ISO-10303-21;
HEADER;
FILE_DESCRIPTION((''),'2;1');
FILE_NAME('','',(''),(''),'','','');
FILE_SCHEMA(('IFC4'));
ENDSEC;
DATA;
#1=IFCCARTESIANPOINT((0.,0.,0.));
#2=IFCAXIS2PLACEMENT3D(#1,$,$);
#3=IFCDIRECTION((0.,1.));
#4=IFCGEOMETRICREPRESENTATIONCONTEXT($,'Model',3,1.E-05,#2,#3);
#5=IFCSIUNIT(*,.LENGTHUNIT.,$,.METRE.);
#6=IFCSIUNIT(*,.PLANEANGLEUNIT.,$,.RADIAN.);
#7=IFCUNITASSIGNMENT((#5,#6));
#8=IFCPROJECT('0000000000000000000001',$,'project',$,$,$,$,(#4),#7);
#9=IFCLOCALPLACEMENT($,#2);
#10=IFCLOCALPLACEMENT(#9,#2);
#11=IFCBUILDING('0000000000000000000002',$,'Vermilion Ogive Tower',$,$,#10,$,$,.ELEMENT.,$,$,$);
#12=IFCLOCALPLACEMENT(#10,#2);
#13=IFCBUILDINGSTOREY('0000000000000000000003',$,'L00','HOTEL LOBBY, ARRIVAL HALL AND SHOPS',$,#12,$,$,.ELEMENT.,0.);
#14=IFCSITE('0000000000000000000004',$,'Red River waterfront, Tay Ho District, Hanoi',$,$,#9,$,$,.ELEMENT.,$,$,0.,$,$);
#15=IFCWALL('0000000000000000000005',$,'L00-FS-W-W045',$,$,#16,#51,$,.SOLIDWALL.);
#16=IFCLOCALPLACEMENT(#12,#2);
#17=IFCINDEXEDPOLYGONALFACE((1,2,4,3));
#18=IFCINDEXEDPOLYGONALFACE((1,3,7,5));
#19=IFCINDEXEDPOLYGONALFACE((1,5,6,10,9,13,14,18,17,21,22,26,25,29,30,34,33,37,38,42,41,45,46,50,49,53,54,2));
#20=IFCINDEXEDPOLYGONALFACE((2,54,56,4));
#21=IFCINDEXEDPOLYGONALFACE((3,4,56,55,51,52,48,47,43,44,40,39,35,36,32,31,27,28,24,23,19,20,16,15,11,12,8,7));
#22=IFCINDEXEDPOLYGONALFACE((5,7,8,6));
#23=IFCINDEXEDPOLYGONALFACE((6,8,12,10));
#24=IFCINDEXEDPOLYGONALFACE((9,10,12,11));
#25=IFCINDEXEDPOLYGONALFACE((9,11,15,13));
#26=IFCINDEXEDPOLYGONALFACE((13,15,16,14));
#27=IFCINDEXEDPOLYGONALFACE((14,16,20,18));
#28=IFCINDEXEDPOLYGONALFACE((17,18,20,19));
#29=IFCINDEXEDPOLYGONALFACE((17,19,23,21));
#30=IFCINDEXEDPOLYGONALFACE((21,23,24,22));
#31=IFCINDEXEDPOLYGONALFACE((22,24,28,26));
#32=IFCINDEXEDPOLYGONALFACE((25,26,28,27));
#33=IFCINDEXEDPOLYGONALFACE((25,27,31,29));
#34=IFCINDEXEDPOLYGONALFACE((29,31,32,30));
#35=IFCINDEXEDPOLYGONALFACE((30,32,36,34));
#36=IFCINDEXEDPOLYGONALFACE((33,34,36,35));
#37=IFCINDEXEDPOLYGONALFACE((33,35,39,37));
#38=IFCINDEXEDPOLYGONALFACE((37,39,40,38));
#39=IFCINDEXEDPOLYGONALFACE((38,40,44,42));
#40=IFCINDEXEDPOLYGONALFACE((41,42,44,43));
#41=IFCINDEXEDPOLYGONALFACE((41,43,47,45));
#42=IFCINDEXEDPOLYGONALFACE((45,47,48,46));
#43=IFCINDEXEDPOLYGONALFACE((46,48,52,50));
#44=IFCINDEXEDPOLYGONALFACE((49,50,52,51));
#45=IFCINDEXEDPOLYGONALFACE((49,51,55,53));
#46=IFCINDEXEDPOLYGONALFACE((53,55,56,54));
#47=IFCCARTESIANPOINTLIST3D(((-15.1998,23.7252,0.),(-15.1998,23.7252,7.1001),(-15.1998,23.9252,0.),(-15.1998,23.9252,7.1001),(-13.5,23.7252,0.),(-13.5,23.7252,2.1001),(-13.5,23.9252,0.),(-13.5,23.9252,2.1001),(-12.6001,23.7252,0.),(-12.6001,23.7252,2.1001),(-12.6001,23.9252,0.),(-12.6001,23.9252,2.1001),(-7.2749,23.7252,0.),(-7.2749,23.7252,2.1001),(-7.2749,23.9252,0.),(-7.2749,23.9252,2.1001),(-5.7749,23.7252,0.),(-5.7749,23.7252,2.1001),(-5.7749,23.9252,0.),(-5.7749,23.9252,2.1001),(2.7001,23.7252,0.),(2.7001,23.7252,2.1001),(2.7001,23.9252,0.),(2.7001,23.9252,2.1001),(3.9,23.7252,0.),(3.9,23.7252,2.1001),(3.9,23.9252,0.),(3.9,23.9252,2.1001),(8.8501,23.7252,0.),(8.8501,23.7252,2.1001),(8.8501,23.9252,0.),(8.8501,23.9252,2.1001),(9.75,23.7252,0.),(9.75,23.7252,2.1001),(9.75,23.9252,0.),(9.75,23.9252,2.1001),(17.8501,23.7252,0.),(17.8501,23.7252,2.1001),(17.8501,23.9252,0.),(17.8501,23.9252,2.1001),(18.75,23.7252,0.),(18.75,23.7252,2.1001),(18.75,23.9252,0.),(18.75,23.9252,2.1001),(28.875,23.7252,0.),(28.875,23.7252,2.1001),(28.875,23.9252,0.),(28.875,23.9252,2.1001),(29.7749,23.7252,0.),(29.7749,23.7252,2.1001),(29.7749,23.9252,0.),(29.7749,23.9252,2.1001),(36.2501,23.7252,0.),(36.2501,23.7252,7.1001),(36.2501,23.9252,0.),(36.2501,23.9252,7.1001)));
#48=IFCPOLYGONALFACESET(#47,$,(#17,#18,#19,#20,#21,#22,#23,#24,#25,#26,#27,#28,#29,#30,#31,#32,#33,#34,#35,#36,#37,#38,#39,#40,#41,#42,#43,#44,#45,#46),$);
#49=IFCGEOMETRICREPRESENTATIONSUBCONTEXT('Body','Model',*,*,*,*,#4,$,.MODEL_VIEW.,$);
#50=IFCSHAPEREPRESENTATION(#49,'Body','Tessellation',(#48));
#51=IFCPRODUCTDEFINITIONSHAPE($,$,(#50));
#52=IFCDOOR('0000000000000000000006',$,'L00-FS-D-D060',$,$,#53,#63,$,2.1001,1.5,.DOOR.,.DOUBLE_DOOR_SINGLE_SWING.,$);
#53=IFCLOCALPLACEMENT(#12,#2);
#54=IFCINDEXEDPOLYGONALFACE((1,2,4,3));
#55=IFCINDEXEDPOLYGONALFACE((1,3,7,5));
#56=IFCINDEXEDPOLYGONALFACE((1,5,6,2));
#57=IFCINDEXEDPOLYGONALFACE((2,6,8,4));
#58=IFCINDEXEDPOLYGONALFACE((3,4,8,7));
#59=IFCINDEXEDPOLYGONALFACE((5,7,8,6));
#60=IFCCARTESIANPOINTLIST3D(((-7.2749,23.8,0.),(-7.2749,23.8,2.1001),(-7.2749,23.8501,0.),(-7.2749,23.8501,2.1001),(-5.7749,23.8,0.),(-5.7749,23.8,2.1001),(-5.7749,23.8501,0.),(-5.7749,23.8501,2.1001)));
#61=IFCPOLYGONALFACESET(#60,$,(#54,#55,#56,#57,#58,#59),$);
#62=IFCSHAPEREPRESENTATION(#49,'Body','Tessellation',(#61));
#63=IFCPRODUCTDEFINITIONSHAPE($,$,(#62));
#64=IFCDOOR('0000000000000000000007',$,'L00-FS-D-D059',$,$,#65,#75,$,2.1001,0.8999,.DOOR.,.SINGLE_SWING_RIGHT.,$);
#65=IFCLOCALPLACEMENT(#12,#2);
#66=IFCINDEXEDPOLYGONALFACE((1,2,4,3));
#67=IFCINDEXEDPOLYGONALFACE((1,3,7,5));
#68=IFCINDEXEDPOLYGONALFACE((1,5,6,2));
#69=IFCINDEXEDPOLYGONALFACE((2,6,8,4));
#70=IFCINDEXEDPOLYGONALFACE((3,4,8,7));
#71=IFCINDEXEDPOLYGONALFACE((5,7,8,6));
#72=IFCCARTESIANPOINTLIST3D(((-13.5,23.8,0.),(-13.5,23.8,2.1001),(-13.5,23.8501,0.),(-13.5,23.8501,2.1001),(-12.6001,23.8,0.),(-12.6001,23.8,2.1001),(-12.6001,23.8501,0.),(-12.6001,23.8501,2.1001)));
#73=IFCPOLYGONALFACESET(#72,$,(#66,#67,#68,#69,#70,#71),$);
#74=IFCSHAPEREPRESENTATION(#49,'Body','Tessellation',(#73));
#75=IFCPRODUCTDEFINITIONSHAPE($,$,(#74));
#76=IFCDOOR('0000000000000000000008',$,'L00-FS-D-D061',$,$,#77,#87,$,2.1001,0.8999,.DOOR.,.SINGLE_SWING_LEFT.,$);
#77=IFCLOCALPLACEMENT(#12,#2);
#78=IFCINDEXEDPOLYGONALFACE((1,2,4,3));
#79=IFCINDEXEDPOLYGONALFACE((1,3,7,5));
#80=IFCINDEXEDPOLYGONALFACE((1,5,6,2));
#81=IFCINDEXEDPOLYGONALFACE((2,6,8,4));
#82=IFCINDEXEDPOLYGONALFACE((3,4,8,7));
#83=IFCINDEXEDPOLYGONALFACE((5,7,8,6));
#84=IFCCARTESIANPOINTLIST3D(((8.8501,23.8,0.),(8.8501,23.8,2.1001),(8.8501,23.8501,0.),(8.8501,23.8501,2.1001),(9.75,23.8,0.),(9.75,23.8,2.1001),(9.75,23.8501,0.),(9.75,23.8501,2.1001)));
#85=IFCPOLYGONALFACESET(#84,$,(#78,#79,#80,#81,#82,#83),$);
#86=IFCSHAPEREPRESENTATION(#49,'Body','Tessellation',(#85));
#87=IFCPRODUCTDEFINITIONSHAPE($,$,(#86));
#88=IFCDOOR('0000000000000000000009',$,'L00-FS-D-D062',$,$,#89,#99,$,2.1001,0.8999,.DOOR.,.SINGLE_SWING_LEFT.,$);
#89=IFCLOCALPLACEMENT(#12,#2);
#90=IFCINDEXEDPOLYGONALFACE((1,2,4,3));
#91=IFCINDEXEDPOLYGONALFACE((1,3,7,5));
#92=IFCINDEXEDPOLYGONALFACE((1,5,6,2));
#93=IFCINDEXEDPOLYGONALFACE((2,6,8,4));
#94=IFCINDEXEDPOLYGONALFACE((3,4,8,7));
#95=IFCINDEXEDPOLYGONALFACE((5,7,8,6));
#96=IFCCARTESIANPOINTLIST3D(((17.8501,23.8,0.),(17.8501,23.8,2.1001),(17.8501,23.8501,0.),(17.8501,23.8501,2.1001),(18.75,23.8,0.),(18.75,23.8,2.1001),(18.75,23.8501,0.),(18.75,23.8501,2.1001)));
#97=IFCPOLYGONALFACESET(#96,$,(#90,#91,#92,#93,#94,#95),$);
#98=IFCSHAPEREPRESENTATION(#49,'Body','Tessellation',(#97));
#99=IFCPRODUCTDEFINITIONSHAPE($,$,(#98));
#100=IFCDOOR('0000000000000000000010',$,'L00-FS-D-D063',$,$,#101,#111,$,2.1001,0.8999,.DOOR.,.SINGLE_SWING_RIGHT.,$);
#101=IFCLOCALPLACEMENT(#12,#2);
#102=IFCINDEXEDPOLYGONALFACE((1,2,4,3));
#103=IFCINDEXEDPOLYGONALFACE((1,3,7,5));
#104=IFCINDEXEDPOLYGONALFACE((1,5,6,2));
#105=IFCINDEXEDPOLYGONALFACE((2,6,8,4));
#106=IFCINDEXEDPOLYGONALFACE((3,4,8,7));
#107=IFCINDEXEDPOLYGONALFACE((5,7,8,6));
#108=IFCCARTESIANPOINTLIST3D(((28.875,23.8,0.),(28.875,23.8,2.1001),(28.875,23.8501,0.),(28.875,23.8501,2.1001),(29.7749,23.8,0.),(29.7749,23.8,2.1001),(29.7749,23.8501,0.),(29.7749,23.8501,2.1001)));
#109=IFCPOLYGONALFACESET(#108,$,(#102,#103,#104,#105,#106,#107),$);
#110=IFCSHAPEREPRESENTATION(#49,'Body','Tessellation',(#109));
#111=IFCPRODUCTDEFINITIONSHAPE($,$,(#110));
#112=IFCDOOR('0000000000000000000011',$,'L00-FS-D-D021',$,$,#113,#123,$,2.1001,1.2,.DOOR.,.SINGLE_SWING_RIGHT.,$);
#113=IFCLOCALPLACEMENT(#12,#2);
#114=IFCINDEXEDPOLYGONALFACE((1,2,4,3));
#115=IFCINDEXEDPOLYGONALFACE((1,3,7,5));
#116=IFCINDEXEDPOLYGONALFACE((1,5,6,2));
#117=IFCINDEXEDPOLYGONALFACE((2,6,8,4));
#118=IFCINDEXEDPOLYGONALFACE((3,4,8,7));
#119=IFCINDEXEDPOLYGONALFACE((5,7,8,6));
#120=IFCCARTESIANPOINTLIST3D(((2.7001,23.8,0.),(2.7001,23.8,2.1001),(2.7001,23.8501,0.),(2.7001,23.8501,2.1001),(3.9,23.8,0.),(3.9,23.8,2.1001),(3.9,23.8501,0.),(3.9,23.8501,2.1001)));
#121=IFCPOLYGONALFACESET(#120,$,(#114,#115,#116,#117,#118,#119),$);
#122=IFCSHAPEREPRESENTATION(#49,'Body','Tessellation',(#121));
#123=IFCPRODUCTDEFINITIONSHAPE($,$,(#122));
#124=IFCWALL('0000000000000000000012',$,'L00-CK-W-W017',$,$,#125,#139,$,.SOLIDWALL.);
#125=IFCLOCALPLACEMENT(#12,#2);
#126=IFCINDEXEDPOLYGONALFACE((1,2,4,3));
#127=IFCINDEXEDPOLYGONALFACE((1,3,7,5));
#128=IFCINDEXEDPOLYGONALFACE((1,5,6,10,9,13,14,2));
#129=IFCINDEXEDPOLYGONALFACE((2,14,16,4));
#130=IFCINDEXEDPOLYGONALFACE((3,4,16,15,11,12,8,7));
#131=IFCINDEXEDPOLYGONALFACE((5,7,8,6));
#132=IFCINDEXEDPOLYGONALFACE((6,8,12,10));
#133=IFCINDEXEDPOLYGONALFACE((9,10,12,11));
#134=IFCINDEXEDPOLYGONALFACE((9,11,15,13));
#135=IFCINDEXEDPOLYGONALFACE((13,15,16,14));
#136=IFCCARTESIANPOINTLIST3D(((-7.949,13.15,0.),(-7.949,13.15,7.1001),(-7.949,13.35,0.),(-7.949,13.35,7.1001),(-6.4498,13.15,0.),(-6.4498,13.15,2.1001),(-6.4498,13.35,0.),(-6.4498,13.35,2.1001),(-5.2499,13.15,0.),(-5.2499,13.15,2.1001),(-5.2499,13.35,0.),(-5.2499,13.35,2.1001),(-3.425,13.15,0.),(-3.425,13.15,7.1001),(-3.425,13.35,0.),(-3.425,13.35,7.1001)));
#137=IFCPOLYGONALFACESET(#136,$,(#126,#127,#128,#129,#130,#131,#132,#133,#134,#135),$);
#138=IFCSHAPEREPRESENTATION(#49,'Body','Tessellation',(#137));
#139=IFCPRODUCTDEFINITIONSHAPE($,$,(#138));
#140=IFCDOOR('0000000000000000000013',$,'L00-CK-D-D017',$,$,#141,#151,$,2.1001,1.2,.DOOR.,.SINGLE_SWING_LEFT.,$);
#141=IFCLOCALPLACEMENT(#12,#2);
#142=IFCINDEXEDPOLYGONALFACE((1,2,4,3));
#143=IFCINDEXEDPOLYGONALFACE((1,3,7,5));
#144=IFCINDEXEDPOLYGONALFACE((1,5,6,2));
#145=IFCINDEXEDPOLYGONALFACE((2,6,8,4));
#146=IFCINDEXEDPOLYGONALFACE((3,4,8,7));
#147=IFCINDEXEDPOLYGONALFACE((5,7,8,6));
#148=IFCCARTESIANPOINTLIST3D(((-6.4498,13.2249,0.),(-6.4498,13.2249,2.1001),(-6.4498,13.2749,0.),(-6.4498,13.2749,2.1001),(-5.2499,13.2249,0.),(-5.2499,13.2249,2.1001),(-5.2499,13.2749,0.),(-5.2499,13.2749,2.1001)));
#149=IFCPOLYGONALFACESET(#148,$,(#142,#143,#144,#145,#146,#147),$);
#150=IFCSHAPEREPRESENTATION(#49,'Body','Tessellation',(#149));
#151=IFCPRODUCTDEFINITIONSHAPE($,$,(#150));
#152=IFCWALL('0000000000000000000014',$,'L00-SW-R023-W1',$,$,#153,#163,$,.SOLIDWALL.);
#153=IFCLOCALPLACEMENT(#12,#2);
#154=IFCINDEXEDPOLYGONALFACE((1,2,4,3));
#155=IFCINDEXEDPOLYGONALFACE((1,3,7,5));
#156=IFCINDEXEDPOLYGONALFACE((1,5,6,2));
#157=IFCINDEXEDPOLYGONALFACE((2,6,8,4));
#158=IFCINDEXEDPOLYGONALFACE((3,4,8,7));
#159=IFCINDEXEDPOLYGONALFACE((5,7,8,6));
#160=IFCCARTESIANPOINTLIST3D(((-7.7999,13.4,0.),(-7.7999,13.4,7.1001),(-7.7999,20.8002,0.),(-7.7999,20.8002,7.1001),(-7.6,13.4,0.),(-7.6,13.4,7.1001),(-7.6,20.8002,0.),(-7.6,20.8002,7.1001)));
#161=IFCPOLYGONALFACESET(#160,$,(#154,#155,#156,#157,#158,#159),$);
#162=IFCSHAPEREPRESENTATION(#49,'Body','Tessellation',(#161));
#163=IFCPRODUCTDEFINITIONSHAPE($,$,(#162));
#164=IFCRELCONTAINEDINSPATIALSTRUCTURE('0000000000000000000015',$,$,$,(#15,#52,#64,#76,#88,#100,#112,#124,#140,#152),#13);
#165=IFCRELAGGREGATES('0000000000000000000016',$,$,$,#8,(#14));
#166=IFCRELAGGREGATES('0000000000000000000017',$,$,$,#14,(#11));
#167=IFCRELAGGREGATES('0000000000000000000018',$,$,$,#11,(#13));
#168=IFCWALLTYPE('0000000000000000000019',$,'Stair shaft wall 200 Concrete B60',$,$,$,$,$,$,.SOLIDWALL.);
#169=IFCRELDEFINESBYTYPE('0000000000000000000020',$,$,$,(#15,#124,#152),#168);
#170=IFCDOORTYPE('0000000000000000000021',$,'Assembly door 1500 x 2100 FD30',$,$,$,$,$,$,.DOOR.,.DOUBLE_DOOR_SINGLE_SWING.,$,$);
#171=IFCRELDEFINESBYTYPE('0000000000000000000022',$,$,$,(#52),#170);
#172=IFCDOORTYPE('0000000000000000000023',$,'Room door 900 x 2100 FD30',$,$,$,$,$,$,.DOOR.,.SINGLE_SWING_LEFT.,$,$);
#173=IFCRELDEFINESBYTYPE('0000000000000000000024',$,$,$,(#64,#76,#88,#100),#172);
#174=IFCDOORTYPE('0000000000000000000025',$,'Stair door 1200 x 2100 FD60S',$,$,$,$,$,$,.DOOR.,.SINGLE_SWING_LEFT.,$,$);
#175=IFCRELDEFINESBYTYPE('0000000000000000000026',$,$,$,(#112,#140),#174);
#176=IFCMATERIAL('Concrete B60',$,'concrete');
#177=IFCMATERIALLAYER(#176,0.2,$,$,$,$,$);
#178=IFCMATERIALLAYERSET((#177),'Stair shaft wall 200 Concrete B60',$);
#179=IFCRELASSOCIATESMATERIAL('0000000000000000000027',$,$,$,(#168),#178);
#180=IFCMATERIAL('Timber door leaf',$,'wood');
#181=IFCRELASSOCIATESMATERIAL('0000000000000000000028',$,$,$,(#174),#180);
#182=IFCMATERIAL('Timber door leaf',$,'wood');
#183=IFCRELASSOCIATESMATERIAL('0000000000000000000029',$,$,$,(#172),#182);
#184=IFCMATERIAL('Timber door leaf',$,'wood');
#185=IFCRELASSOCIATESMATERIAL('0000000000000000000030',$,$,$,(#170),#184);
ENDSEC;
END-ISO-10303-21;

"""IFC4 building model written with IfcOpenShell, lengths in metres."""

from ifc_helpers import new_model, si_unit, direction, frame, frame_2d, origin, place, context, subcontext, project, spatial, rectangle, extrude, material, layer, layer_set, type_object, element, fill, save


model = new_model("IFC4")

# Units and contexts
model_context = context("Model", 3, precision=1e-05, world=origin(), true_north=direction((0.0, 1.0)))
body_context = subcontext(model_context, "Body", "Model", "MODEL_VIEW")
ifc_project = project(units=[si_unit("LENGTHUNIT", "METRE"), si_unit("PLANEANGLEUNIT", "RADIAN")], contexts=[model_context])

# Site, building, storey
site_placement = place(None, origin())
site = spatial("IfcSite", under=ifc_project, at=site_placement, Name="Red River waterfront, Tay Ho District, Hanoi", CompositionType="ELEMENT", RefElevation=0.0)
building_placement = place(site_placement, origin())
building = spatial("IfcBuilding", under=site, at=building_placement, Name="Vermilion Ogive Tower", CompositionType="ELEMENT")
storey_placement = place(building_placement, origin())
storey = spatial("IfcBuildingStorey", under=building, at=storey_placement, Name="L00", Description="HOTEL LOBBY, ARRIVAL HALL AND SHOPS", CompositionType="ELEMENT", Elevation=0.0)

# Shared definitions
ifc_material_1 = material(Name="Concrete B60", Category="concrete")
ifc_layer_1 = layer(ifc_material_1, 0.2)
ifc_layer_set_1 = layer_set([ifc_layer_1], Name="Stair shaft wall 200 Concrete B60")
wall_type_1 = type_object("IfcWallType", Name="Stair shaft wall 200 Concrete B60", PredefinedType="SOLIDWALL", material=ifc_layer_set_1)
ifc_material_2 = material(Name="Timber door leaf", Category="wood")
door_type_1 = type_object("IfcDoorType", Name="Stair door 1200 x 2100 FD60S", OperationType="SINGLE_SWING_LEFT", PredefinedType="DOOR", material=ifc_material_2)
ifc_material_3 = material(Name="Timber door leaf", Category="wood")
door_type_2 = type_object("IfcDoorType", Name="Room door 900 x 2100 FD30", OperationType="SINGLE_SWING_LEFT", PredefinedType="DOOR", material=ifc_material_3)

# Wall, openings, doors
wall_1_placement = place(storey_placement, frame((-15.2, 23.8252, 0.0), z_axis=(0.0, 0.0, 1.0), x_axis=(1.0, 0.0, 0.0)))
wall_1 = element("IfcWall", 1, at=wall_1_placement, inside=storey, type_object=wall_type_1, Name="L00-FS-W-W045", PredefinedType="SOLIDWALL", context=body_context, shape_type="SweptSolid", body=[
    extrude(rectangle(XDim=51.45, YDim=0.2, at=frame_2d((25.7251, 0.0))), origin(), (0.0, 0.0, 1.0), 7.1001),
])
opening_1_placement = place(wall_1_placement, frame((17.8999, 0.0, 0.0)))
opening_1 = element("IfcOpeningElement", 2, at=opening_1_placement, cuts=wall_1, PredefinedType="OPENING", context=body_context, shape_type="SweptSolid", body=[
    extrude(rectangle(XDim=1.2, YDim=2.1001, at=frame_2d((0.6001, 1.05))), frame((0.0, 0.1099, 0.0), z_axis=(0.0, -1.0, 0.0), x_axis=(1.0, 0.0, 0.0)), (0.0, 0.0, 1.0), 0.22),
])
opening_2_placement = place(wall_1_placement, frame((1.7, 0.0, 0.0)))
opening_2 = element("IfcOpeningElement", 3, at=opening_2_placement, cuts=wall_1, PredefinedType="OPENING", context=body_context, shape_type="SweptSolid", body=[
    extrude(rectangle(XDim=0.8999, YDim=2.1001, at=frame_2d((0.45, 1.05))), frame((0.0, 0.1099, 0.0), z_axis=(0.0, -1.0, 0.0), x_axis=(1.0, 0.0, 0.0)), (0.0, 0.0, 1.0), 0.22),
])
opening_3_placement = place(wall_1_placement, frame((7.925, 0.0, 0.0)))
opening_3 = element("IfcOpeningElement", 4, at=opening_3_placement, cuts=wall_1, PredefinedType="OPENING", context=body_context, shape_type="SweptSolid", body=[
    extrude(rectangle(XDim=1.5, YDim=2.1001, at=frame_2d((0.75, 1.05))), frame((0.0, 0.1099, 0.0), z_axis=(0.0, -1.0, 0.0), x_axis=(1.0, 0.0, 0.0)), (0.0, 0.0, 1.0), 0.22),
])
opening_4_placement = place(wall_1_placement, frame((24.05, 0.0, 0.0)))
opening_4 = element("IfcOpeningElement", 5, at=opening_4_placement, cuts=wall_1, PredefinedType="OPENING", context=body_context, shape_type="SweptSolid", body=[
    extrude(rectangle(XDim=0.8999, YDim=2.1001, at=frame_2d((0.45, 1.05))), frame((0.0, 0.1099, 0.0), z_axis=(0.0, -1.0, 0.0), x_axis=(1.0, 0.0, 0.0)), (0.0, 0.0, 1.0), 0.22),
])
opening_5_placement = place(wall_1_placement, frame((33.05, 0.0, 0.0)))
opening_5 = element("IfcOpeningElement", 6, at=opening_5_placement, cuts=wall_1, PredefinedType="OPENING", context=body_context, shape_type="SweptSolid", body=[
    extrude(rectangle(XDim=0.8999, YDim=2.1001, at=frame_2d((0.45, 1.05))), frame((0.0, 0.1099, 0.0), z_axis=(0.0, -1.0, 0.0), x_axis=(1.0, 0.0, 0.0)), (0.0, 0.0, 1.0), 0.22),
])
opening_6_placement = place(wall_1_placement, frame((44.075, 0.0, 0.0)))
opening_6 = element("IfcOpeningElement", 7, at=opening_6_placement, cuts=wall_1, PredefinedType="OPENING", context=body_context, shape_type="SweptSolid", body=[
    extrude(rectangle(XDim=0.8999, YDim=2.1001, at=frame_2d((0.45, 1.05))), frame((0.0, 0.1099, 0.0), z_axis=(0.0, -1.0, 0.0), x_axis=(1.0, 0.0, 0.0)), (0.0, 0.0, 1.0), 0.22),
])
ifc_material_4 = material(Name="Timber door leaf", Category="wood")
door_type_3 = type_object("IfcDoorType", Name="Assembly door 1500 x 2100 FD30", OperationType="DOUBLE_DOOR_SINGLE_SWING", PredefinedType="DOOR", material=ifc_material_4)
door_1_placement = place(opening_3_placement, origin())
door_1 = element("IfcDoor", 8, at=door_1_placement, inside=storey, type_object=door_type_3, Name="L00-FS-D-D060", OperationType="DOUBLE_DOOR_SINGLE_SWING", OverallHeight=2.1001, OverallWidth=1.5, PredefinedType="DOOR", context=body_context, shape_type="SweptSolid", body=[
    extrude(rectangle(XDim=1.5, YDim=2.1001, at=frame_2d((0.75, 1.05))), frame((0.0, 0.0249, 0.0), z_axis=(0.0, -1.0, 0.0), x_axis=(1.0, 0.0, 0.0)), (0.0, 0.0, 1.0), 0.05),
])
fill(opening_3, door_1)
door_2_placement = place(opening_2_placement, origin())
door_2 = element("IfcDoor", 9, at=door_2_placement, inside=storey, type_object=door_type_2, Name="L00-FS-D-D059", OperationType="SINGLE_SWING_RIGHT", OverallHeight=2.1001, OverallWidth=0.8999, PredefinedType="DOOR", context=body_context, shape_type="SweptSolid", body=[
    extrude(rectangle(XDim=0.8999, YDim=2.1001, at=frame_2d((0.45, 1.05))), frame((0.0, 0.0249, 0.0), z_axis=(0.0, -1.0, 0.0), x_axis=(1.0, 0.0, 0.0)), (0.0, 0.0, 1.0), 0.05),
])
fill(opening_2, door_2)
door_3_placement = place(opening_4_placement, origin())
door_3 = element("IfcDoor", 10, at=door_3_placement, inside=storey, type_object=door_type_2, Name="L00-FS-D-D061", OperationType="SINGLE_SWING_LEFT", OverallHeight=2.1001, OverallWidth=0.8999, PredefinedType="DOOR", context=body_context, shape_type="SweptSolid", body=[
    extrude(rectangle(XDim=0.8999, YDim=2.1001, at=frame_2d((0.45, 1.05))), frame((0.0, 0.0249, 0.0), z_axis=(0.0, -1.0, 0.0), x_axis=(1.0, 0.0, 0.0)), (0.0, 0.0, 1.0), 0.05),
])
fill(opening_4, door_3)
door_4_placement = place(opening_5_placement, origin())
door_4 = element("IfcDoor", 11, at=door_4_placement, inside=storey, type_object=door_type_2, Name="L00-FS-D-D062", OperationType="SINGLE_SWING_LEFT", OverallHeight=2.1001, OverallWidth=0.8999, PredefinedType="DOOR", context=body_context, shape_type="SweptSolid", body=[
    extrude(rectangle(XDim=0.8999, YDim=2.1001, at=frame_2d((0.45, 1.05))), frame((0.0, 0.0249, 0.0), z_axis=(0.0, -1.0, 0.0), x_axis=(1.0, 0.0, 0.0)), (0.0, 0.0, 1.0), 0.05),
])
fill(opening_5, door_4)
door_5_placement = place(opening_6_placement, origin())
door_5 = element("IfcDoor", 12, at=door_5_placement, inside=storey, type_object=door_type_2, Name="L00-FS-D-D063", OperationType="SINGLE_SWING_RIGHT", OverallHeight=2.1001, OverallWidth=0.8999, PredefinedType="DOOR", context=body_context, shape_type="SweptSolid", body=[
    extrude(rectangle(XDim=0.8999, YDim=2.1001, at=frame_2d((0.45, 1.05))), frame((0.0, 0.0249, 0.0), z_axis=(0.0, -1.0, 0.0), x_axis=(1.0, 0.0, 0.0)), (0.0, 0.0, 1.0), 0.05),
])
fill(opening_6, door_5)
door_6_placement = place(opening_1_placement, origin())
door_6 = element("IfcDoor", 13, at=door_6_placement, inside=storey, type_object=door_type_1, Name="L00-FS-D-D021", OperationType="SINGLE_SWING_RIGHT", OverallHeight=2.1001, OverallWidth=1.2, PredefinedType="DOOR", context=body_context, shape_type="SweptSolid", body=[
    extrude(rectangle(XDim=1.2, YDim=2.1001, at=frame_2d((0.6001, 1.05))), frame((0.0, 0.0249, 0.0), z_axis=(0.0, -1.0, 0.0), x_axis=(1.0, 0.0, 0.0)), (0.0, 0.0, 1.0), 0.05),
])
fill(opening_1, door_6)

# Wall, opening, door
wall_2_placement = place(storey_placement, frame((-7.949, 13.25, 0.0), z_axis=(0.0, 0.0, 1.0), x_axis=(1.0, 0.0, 0.0)))
wall_2 = element("IfcWall", 14, at=wall_2_placement, inside=storey, type_object=wall_type_1, Name="L00-CK-W-W017", PredefinedType="SOLIDWALL", context=body_context, shape_type="SweptSolid", body=[
    extrude(rectangle(XDim=4.5239, YDim=0.2, at=frame_2d((2.262, 0.0))), origin(), (0.0, 0.0, 1.0), 7.1001),
])
opening_7_placement = place(wall_2_placement, frame((1.499, 0.0, 0.0)))
opening_7 = element("IfcOpeningElement", 15, at=opening_7_placement, cuts=wall_2, PredefinedType="OPENING", context=body_context, shape_type="SweptSolid", body=[
    extrude(rectangle(XDim=1.2, YDim=2.1001, at=frame_2d((0.6001, 1.05))), frame((0.0, 0.1099, 0.0), z_axis=(0.0, -1.0, 0.0), x_axis=(1.0, 0.0, 0.0)), (0.0, 0.0, 1.0), 0.22),
])
door_7_placement = place(opening_7_placement, origin())
door_7 = element("IfcDoor", 16, at=door_7_placement, inside=storey, type_object=door_type_1, Name="L00-CK-D-D017", OperationType="SINGLE_SWING_LEFT", OverallHeight=2.1001, OverallWidth=1.2, PredefinedType="DOOR", context=body_context, shape_type="SweptSolid", body=[
    extrude(rectangle(XDim=1.2, YDim=2.1001, at=frame_2d((0.6001, 1.05))), frame((0.0, 0.0249, 0.0), z_axis=(0.0, -1.0, 0.0), x_axis=(1.0, 0.0, 0.0)), (0.0, 0.0, 1.0), 0.05),
])
fill(opening_7, door_7)

# Wall
wall_3_placement = place(storey_placement, frame((-7.7, 13.3999, 0.0), z_axis=(0.0, 0.0, 1.0), x_axis=(0.0, 1.0, 0.0)))
element("IfcWall", 17, at=wall_3_placement, inside=storey, type_object=wall_type_1, Name="L00-SW-R023-W1", PredefinedType="SOLIDWALL", context=body_context, shape_type="SweptSolid", body=[
    extrude(rectangle(XDim=7.4001, YDim=0.2, at=frame_2d((3.7002, 0.0))), origin(), (0.0, 0.0, 1.0), 7.1001),
])

save(model, "model.ifc")
